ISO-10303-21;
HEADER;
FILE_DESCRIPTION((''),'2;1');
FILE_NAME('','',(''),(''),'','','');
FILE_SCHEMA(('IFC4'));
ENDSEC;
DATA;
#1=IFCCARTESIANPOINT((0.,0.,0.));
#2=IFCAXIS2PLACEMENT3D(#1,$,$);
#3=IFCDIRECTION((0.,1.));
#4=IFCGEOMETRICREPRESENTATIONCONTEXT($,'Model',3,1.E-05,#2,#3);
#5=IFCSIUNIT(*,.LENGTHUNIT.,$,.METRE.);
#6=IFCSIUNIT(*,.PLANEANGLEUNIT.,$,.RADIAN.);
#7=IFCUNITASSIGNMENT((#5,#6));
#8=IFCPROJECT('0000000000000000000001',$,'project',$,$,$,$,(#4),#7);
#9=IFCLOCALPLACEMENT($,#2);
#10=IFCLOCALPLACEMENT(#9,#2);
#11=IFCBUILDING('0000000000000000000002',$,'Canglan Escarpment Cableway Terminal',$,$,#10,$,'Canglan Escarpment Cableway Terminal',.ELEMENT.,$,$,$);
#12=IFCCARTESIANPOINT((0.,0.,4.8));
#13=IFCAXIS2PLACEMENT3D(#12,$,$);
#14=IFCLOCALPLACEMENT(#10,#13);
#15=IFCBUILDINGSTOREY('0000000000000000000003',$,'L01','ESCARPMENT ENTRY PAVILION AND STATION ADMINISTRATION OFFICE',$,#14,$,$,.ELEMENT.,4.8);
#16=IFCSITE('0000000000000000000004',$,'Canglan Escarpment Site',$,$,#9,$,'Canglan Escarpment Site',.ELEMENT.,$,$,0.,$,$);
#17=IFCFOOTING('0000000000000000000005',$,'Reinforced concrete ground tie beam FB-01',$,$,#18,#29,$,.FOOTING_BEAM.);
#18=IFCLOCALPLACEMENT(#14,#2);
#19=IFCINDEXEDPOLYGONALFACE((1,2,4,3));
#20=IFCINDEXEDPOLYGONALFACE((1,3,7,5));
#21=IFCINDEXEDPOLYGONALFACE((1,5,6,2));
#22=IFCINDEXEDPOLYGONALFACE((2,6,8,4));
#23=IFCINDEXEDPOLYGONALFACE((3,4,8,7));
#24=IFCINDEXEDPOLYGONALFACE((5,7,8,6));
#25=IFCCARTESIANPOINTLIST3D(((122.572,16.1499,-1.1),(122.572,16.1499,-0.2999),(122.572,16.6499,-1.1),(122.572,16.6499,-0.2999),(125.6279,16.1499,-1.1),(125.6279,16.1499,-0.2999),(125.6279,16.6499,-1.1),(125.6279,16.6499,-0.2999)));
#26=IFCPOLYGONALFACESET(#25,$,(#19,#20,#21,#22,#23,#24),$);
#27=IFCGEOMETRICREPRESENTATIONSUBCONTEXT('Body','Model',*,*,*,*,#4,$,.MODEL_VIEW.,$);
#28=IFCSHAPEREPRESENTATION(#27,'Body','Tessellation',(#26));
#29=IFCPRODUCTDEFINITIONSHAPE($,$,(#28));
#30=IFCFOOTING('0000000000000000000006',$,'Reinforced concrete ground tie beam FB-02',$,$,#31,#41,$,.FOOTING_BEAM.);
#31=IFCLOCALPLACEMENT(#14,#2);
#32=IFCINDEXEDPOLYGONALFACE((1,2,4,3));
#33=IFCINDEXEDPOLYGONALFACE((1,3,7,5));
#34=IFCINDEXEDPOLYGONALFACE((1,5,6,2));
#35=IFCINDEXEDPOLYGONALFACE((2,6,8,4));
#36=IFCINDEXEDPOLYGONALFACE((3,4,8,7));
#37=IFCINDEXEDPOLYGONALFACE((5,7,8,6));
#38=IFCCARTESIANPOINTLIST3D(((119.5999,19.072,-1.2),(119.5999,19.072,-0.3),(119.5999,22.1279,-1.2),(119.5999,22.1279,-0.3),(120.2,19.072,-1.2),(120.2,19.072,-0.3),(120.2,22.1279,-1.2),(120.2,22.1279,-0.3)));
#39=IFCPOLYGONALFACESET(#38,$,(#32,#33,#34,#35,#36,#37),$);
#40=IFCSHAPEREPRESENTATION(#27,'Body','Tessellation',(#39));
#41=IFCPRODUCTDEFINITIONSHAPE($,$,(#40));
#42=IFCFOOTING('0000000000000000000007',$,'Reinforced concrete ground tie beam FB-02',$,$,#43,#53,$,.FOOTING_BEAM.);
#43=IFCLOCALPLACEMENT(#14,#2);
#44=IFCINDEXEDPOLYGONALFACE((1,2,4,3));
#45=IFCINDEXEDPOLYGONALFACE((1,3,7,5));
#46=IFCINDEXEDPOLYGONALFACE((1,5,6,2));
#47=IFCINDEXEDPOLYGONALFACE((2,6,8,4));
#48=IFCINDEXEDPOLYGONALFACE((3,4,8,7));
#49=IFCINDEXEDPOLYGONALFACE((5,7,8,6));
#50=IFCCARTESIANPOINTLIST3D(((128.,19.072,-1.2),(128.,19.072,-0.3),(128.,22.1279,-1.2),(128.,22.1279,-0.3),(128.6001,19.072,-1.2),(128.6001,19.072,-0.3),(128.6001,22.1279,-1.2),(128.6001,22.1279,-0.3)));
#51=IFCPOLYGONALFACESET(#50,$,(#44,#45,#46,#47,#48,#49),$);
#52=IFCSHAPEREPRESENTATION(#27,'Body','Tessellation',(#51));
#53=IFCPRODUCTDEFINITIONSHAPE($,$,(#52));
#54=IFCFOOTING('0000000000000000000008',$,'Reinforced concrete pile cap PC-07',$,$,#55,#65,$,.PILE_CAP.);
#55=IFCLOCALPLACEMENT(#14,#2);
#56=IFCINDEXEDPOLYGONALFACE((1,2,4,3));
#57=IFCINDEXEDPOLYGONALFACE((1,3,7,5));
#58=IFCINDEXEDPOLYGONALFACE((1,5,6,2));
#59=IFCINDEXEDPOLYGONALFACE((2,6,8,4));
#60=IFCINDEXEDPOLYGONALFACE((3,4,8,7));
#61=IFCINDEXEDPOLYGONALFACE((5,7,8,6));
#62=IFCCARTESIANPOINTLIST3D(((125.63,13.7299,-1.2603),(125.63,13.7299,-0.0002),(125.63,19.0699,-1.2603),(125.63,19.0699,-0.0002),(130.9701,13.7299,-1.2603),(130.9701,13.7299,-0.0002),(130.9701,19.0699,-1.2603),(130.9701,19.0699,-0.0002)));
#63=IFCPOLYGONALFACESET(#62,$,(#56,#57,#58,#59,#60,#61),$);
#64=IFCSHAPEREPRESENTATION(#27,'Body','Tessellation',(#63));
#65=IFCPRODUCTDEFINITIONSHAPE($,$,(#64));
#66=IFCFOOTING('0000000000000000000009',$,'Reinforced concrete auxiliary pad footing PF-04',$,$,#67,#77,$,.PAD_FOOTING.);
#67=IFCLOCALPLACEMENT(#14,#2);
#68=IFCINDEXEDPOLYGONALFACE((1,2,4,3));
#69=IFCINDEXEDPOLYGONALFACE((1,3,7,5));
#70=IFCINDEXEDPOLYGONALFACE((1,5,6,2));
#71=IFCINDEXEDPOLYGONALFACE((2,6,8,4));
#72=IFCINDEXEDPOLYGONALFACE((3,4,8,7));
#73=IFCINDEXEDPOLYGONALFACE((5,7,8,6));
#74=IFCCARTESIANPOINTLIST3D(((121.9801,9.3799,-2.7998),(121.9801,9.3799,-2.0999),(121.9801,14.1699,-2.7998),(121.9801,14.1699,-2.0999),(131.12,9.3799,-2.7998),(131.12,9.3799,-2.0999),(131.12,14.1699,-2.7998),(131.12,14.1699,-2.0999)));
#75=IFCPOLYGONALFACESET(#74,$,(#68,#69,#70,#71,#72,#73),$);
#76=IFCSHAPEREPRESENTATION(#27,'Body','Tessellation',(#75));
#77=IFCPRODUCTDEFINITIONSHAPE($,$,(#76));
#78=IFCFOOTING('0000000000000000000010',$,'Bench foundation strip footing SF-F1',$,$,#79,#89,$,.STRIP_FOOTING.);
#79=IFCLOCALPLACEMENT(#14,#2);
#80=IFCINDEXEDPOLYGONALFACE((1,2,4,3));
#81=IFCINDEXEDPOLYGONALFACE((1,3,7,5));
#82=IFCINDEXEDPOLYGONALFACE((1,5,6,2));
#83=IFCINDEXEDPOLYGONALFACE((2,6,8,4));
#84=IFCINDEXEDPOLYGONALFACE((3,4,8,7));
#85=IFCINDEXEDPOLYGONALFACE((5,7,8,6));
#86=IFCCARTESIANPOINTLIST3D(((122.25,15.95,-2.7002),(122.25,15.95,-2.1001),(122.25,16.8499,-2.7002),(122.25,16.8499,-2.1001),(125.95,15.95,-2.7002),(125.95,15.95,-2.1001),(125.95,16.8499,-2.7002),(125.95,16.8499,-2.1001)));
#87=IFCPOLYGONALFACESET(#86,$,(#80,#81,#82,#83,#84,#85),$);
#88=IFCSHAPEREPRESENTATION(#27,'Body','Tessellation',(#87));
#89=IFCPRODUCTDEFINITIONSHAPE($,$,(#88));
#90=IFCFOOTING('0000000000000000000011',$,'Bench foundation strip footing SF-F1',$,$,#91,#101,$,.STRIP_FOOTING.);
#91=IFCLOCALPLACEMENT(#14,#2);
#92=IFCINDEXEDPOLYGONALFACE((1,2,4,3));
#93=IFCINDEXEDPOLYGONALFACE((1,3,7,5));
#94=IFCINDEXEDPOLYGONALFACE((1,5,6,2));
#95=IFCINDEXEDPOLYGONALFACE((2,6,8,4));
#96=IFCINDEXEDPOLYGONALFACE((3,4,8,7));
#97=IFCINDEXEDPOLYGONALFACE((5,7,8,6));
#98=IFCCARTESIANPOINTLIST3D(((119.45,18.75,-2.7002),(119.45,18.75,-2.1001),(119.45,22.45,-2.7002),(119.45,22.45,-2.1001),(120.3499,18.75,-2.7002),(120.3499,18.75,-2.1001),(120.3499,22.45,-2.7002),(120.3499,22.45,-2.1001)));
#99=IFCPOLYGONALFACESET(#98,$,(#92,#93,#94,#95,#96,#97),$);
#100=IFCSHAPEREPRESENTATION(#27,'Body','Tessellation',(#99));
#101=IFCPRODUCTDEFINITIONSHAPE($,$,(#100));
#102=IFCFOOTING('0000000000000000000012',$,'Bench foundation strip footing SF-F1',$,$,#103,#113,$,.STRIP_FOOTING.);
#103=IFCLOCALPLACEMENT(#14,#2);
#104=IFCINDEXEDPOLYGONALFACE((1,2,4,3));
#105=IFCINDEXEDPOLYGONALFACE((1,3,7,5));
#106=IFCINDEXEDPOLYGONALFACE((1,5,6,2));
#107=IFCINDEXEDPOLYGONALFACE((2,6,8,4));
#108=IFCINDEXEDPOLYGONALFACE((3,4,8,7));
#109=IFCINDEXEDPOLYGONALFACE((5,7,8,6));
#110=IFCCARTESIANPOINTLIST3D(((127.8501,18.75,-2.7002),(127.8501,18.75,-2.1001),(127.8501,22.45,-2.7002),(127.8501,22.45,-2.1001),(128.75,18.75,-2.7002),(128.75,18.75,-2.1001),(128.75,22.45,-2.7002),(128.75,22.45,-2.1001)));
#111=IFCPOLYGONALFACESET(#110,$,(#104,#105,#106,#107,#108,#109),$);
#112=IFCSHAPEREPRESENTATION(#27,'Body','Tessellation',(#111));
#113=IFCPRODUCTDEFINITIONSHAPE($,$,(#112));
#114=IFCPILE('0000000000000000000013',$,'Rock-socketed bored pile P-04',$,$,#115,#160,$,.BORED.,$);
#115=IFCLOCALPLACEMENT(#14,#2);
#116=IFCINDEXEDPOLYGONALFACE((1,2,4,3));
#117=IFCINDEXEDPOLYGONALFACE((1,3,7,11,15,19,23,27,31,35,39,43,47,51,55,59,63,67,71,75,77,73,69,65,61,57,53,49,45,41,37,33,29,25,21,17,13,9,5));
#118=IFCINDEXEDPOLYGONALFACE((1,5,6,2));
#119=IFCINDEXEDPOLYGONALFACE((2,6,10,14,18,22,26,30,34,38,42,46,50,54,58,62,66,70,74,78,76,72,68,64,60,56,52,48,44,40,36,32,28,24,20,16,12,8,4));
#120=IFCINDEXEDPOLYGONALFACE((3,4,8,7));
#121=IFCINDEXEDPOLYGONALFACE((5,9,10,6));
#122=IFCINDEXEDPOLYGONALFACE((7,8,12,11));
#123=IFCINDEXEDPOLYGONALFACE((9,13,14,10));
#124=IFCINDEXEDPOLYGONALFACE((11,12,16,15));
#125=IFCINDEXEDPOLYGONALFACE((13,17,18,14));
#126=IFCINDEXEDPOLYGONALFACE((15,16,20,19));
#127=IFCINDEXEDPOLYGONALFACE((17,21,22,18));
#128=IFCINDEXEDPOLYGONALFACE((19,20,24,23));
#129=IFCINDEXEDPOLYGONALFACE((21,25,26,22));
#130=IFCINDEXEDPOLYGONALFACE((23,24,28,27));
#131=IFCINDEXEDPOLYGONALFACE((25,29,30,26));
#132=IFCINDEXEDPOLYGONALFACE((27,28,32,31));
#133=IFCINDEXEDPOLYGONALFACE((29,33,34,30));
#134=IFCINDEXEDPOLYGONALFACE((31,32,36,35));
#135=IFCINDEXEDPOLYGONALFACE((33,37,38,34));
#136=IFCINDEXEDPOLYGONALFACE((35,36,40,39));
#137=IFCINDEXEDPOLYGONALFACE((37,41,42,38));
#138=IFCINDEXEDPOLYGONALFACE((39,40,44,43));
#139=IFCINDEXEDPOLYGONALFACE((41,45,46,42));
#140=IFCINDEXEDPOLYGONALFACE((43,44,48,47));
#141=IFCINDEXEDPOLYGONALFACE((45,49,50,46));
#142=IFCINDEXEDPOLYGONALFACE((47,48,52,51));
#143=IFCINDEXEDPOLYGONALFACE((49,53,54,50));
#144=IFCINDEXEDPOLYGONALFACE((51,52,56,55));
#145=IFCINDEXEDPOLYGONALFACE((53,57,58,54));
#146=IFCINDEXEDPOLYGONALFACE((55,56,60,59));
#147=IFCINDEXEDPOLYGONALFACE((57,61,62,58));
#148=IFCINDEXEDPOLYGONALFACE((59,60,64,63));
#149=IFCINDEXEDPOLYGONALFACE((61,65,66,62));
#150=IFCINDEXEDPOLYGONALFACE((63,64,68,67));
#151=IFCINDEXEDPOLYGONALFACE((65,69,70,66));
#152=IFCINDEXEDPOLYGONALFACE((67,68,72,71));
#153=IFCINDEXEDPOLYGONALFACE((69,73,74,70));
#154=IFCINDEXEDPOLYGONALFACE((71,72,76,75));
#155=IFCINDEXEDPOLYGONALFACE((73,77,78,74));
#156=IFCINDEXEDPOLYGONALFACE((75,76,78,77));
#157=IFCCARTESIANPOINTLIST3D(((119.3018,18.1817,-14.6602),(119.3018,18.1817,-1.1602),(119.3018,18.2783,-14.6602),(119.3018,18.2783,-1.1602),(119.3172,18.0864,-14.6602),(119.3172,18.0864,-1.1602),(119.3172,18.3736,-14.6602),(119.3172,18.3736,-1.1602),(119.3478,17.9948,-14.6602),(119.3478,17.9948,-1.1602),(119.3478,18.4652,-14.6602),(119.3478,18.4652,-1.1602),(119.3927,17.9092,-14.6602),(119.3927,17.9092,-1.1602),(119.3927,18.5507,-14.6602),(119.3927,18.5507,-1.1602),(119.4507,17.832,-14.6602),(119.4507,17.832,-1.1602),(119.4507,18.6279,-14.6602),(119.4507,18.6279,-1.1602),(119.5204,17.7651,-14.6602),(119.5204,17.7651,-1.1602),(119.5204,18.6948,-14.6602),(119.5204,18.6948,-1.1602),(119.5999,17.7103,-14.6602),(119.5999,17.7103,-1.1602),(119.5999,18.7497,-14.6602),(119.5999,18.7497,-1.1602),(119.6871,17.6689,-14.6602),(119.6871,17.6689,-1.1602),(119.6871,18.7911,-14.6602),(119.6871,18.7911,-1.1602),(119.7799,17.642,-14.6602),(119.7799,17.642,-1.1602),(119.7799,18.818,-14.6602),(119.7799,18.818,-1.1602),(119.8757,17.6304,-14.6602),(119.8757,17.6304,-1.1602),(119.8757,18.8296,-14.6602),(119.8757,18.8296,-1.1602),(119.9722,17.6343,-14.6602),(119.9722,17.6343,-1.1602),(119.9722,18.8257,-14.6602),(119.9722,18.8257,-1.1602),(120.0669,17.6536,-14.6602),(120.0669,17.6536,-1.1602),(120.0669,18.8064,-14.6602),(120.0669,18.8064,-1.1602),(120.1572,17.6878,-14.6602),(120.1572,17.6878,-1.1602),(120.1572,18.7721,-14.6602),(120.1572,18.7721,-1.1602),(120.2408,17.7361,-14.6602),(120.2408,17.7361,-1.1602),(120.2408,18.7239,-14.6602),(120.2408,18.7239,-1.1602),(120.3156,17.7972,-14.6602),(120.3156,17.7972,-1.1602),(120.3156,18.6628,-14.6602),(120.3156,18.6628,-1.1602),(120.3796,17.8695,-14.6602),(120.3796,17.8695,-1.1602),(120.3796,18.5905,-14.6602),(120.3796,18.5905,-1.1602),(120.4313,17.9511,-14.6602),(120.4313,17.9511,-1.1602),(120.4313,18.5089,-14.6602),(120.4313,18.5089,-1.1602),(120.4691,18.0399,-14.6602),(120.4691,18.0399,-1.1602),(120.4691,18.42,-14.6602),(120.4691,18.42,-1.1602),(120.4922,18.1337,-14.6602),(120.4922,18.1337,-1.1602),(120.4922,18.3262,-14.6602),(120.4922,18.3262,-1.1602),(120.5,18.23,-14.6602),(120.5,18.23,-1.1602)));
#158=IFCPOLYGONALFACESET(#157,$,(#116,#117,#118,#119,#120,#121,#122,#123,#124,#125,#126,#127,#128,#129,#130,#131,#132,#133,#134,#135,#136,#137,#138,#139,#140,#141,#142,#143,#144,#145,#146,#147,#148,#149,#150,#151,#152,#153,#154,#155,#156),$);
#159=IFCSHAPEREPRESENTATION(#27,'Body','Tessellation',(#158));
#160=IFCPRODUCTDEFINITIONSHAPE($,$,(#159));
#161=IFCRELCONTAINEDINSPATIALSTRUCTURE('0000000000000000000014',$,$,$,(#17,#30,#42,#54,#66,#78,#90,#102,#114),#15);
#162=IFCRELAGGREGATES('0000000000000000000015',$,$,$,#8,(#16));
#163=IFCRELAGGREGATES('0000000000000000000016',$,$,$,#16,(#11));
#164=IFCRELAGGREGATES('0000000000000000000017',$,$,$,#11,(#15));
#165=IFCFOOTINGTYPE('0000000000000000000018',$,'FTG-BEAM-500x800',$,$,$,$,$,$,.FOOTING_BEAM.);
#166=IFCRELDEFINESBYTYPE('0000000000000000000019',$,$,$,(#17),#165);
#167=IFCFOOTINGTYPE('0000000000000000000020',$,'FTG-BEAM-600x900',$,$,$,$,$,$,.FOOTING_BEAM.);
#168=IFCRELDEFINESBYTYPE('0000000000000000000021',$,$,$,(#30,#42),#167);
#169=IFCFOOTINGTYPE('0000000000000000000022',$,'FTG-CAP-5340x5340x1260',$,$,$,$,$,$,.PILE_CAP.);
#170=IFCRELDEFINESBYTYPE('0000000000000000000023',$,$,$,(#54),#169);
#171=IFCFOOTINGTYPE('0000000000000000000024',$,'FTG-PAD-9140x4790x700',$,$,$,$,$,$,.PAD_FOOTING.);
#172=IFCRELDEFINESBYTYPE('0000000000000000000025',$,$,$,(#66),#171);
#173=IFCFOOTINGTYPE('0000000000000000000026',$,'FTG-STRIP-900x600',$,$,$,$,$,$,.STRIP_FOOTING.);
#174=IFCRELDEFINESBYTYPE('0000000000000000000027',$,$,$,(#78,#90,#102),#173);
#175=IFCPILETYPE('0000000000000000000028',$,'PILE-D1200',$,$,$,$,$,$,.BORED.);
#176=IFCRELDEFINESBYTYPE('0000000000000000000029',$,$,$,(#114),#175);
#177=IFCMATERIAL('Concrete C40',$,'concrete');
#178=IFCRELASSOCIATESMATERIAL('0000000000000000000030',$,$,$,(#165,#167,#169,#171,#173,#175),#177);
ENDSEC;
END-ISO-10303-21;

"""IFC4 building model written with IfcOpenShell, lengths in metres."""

from ifc_helpers import new_model, si_unit, direction, frame, origin, origin_2d, place, context, subcontext, project, spatial, rectangle, circle, extrude, material, material_profile, profile_set, type_object, element, save


model = new_model("IFC4")

# Units and contexts
model_context = context("Model", 3, precision=1e-05, world=origin(), true_north=direction((0.0, 1.0)))
body_context = subcontext(model_context, "Body", "Model", "MODEL_VIEW")
ifc_project = project(units=[si_unit("LENGTHUNIT", "METRE"), si_unit("PLANEANGLEUNIT", "RADIAN")], contexts=[model_context])

# Site, building, storey
site_placement = place(None, origin())
site = spatial("IfcSite", under=ifc_project, at=site_placement, Name="Canglan Escarpment Site", LongName="Canglan Escarpment Site", CompositionType="ELEMENT", RefElevation=0.0)
building_placement = place(site_placement, origin())
building = spatial("IfcBuilding", under=site, at=building_placement, Name="Canglan Escarpment Cableway Terminal", LongName="Canglan Escarpment Cableway Terminal", CompositionType="ELEMENT")
storey_placement = place(building_placement, frame((0.0, 0.0, 4.8)))
storey = spatial("IfcBuildingStorey", under=building, at=storey_placement, Name="L01", Description="ESCARPMENT ENTRY PAVILION AND STATION ADMINISTRATION OFFICE", CompositionType="ELEMENT", Elevation=4.8)

# Footings
ifc_material_1 = material(Name="Concrete C40", Category="concrete")
ifc_material_profile_1 = material_profile(ifc_material_1, rectangle(XDim=0.5, YDim=0.8, at=origin_2d()), Name="FB 500x800")
ifc_profile_set_1 = profile_set([ifc_material_profile_1], Name="Concrete C40")
footing_type_1 = type_object("IfcFootingType", Name="FTG-BEAM-500x800", PredefinedType="FOOTING_BEAM", material=ifc_profile_set_1)
footing_1_placement = place(storey_placement, frame((122.572, 16.3999, -0.7), z_axis=(1.0, 0.0, 0.0), x_axis=(0.0, 1.0, 0.0)))
element("IfcFooting", 1, at=footing_1_placement, inside=storey, type_object=footing_type_1, Name="Reinforced concrete ground tie beam FB-01", PredefinedType="FOOTING_BEAM", context=body_context, shape_type="SweptSolid", body=[
    extrude(rectangle(XDim=0.5, YDim=0.8, at=origin_2d()), origin(), (0.0, 0.0, 1.0), 3.0559),
])
ifc_material_profile_2 = material_profile(ifc_material_1, rectangle(XDim=0.6001, YDim=0.8999, at=origin_2d()), Name="FB 600x900")
ifc_profile_set_2 = profile_set([ifc_material_profile_2], Name="Concrete C40")
footing_type_2 = type_object("IfcFootingType", Name="FTG-BEAM-600x900", PredefinedType="FOOTING_BEAM", material=ifc_profile_set_2)
for number, where, z_axis, x_axis, name in (
    (2, (119.8999, 19.072, -0.75), (0.0, 1.0, 0.0), (-1.0, 0.0, 0.0), "Reinforced concrete ground tie beam FB-02"),
    (3, (128.3, 19.072, -0.75), (0.0, 1.0, 0.0), (-1.0, 0.0, 0.0), "Reinforced concrete ground tie beam FB-02"),
):
    element("IfcFooting", number, at=place(storey_placement, frame(where, z_axis=z_axis, x_axis=x_axis)), inside=storey, type_object=footing_type_2, Name=name, PredefinedType="FOOTING_BEAM", context=body_context, shape_type="SweptSolid", body=[
        extrude(rectangle(XDim=0.6001, YDim=0.8999, at=origin_2d()), origin(), (0.0, 0.0, 1.0), 3.0559),
    ])
footing_type_3 = type_object("IfcFootingType", Name="FTG-CAP-5340x5340x1260", PredefinedType="PILE_CAP", material=ifc_material_1)
footing_2_placement = place(storey_placement, frame((128.3, 16.3999, -1.2603), z_axis=(0.0, 0.0, 1.0), x_axis=(1.0, 0.0, 0.0)))
element("IfcFooting", 4, at=footing_2_placement, inside=storey, type_object=footing_type_3, Name="Reinforced concrete pile cap PC-07", PredefinedType="PILE_CAP", context=body_context, shape_type="SweptSolid", body=[
    extrude(rectangle(XDim=5.3401, YDim=5.3401, at=origin_2d()), origin(), (0.0, 0.0, 1.0), 1.26),
])
footing_type_4 = type_object("IfcFootingType", Name="FTG-PAD-9140x4790x700", PredefinedType="PAD_FOOTING", material=ifc_material_1)
footing_3_placement = place(storey_placement, frame((126.55, 11.7749, -2.7998), z_axis=(0.0, 0.0, 1.0), x_axis=(1.0, 0.0, 0.0)))
element("IfcFooting", 5, at=footing_3_placement, inside=storey, type_object=footing_type_4, Name="Reinforced concrete auxiliary pad footing PF-04", PredefinedType="PAD_FOOTING", context=body_context, shape_type="SweptSolid", body=[
    extrude(rectangle(XDim=9.1399, YDim=4.79, at=origin_2d()), origin(), (0.0, 0.0, 1.0), 0.7),
])
ifc_material_profile_3 = material_profile(ifc_material_1, rectangle(XDim=0.8999, YDim=0.6001, at=origin_2d()), Name="SF 900x600")
ifc_profile_set_3 = profile_set([ifc_material_profile_3], Name="Concrete C40")
footing_type_5 = type_object("IfcFootingType", Name="FTG-STRIP-900x600", PredefinedType="STRIP_FOOTING", material=ifc_profile_set_3)
for number, where, z_axis, x_axis, name in (
    (6, (122.25, 16.3999, -2.4001), (1.0, 0.0, 0.0), (0.0, 1.0, 0.0), "Bench foundation strip footing SF-F1"),
    (7, (119.8999, 18.75, -2.4001), (0.0, 1.0, 0.0), (-1.0, 0.0, 0.0), "Bench foundation strip footing SF-F1"),
    (8, (128.3, 18.75, -2.4001), (0.0, 1.0, 0.0), (-1.0, 0.0, 0.0), "Bench foundation strip footing SF-F1"),
):
    element("IfcFooting", number, at=place(storey_placement, frame(where, z_axis=z_axis, x_axis=x_axis)), inside=storey, type_object=footing_type_5, Name=name, PredefinedType="STRIP_FOOTING", context=body_context, shape_type="SweptSolid", body=[
        extrude(rectangle(XDim=0.8999, YDim=0.6001, at=origin_2d()), origin(), (0.0, 0.0, 1.0), 3.7),
    ])

# Pile
ifc_material_profile_4 = material_profile(ifc_material_1, circle(Radius=0.6001, at=origin_2d()), Name="BORED PILE D1200")
ifc_profile_set_4 = profile_set([ifc_material_profile_4], Name="Concrete C40")
pile_type = type_object("IfcPileType", Name="PILE-D1200", PredefinedType="BORED", material=ifc_profile_set_4)
for number, where, z_axis, x_axis, name in (
    (9, (119.8999, 18.23, -1.1602), (0.0, 0.0, -1.0), (1.0, 0.0, 0.0), "Rock-socketed bored pile P-04"),
):
    element("IfcPile", number, at=place(storey_placement, frame(where, z_axis=z_axis, x_axis=x_axis)), inside=storey, type_object=pile_type, Name=name, PredefinedType="BORED", context=body_context, shape_type="SweptSolid", body=[
        extrude(circle(Radius=0.6001, at=origin_2d()), origin(), (0.0, 0.0, 1.0), 13.5),
    ])

save(model, "model.ifc")
